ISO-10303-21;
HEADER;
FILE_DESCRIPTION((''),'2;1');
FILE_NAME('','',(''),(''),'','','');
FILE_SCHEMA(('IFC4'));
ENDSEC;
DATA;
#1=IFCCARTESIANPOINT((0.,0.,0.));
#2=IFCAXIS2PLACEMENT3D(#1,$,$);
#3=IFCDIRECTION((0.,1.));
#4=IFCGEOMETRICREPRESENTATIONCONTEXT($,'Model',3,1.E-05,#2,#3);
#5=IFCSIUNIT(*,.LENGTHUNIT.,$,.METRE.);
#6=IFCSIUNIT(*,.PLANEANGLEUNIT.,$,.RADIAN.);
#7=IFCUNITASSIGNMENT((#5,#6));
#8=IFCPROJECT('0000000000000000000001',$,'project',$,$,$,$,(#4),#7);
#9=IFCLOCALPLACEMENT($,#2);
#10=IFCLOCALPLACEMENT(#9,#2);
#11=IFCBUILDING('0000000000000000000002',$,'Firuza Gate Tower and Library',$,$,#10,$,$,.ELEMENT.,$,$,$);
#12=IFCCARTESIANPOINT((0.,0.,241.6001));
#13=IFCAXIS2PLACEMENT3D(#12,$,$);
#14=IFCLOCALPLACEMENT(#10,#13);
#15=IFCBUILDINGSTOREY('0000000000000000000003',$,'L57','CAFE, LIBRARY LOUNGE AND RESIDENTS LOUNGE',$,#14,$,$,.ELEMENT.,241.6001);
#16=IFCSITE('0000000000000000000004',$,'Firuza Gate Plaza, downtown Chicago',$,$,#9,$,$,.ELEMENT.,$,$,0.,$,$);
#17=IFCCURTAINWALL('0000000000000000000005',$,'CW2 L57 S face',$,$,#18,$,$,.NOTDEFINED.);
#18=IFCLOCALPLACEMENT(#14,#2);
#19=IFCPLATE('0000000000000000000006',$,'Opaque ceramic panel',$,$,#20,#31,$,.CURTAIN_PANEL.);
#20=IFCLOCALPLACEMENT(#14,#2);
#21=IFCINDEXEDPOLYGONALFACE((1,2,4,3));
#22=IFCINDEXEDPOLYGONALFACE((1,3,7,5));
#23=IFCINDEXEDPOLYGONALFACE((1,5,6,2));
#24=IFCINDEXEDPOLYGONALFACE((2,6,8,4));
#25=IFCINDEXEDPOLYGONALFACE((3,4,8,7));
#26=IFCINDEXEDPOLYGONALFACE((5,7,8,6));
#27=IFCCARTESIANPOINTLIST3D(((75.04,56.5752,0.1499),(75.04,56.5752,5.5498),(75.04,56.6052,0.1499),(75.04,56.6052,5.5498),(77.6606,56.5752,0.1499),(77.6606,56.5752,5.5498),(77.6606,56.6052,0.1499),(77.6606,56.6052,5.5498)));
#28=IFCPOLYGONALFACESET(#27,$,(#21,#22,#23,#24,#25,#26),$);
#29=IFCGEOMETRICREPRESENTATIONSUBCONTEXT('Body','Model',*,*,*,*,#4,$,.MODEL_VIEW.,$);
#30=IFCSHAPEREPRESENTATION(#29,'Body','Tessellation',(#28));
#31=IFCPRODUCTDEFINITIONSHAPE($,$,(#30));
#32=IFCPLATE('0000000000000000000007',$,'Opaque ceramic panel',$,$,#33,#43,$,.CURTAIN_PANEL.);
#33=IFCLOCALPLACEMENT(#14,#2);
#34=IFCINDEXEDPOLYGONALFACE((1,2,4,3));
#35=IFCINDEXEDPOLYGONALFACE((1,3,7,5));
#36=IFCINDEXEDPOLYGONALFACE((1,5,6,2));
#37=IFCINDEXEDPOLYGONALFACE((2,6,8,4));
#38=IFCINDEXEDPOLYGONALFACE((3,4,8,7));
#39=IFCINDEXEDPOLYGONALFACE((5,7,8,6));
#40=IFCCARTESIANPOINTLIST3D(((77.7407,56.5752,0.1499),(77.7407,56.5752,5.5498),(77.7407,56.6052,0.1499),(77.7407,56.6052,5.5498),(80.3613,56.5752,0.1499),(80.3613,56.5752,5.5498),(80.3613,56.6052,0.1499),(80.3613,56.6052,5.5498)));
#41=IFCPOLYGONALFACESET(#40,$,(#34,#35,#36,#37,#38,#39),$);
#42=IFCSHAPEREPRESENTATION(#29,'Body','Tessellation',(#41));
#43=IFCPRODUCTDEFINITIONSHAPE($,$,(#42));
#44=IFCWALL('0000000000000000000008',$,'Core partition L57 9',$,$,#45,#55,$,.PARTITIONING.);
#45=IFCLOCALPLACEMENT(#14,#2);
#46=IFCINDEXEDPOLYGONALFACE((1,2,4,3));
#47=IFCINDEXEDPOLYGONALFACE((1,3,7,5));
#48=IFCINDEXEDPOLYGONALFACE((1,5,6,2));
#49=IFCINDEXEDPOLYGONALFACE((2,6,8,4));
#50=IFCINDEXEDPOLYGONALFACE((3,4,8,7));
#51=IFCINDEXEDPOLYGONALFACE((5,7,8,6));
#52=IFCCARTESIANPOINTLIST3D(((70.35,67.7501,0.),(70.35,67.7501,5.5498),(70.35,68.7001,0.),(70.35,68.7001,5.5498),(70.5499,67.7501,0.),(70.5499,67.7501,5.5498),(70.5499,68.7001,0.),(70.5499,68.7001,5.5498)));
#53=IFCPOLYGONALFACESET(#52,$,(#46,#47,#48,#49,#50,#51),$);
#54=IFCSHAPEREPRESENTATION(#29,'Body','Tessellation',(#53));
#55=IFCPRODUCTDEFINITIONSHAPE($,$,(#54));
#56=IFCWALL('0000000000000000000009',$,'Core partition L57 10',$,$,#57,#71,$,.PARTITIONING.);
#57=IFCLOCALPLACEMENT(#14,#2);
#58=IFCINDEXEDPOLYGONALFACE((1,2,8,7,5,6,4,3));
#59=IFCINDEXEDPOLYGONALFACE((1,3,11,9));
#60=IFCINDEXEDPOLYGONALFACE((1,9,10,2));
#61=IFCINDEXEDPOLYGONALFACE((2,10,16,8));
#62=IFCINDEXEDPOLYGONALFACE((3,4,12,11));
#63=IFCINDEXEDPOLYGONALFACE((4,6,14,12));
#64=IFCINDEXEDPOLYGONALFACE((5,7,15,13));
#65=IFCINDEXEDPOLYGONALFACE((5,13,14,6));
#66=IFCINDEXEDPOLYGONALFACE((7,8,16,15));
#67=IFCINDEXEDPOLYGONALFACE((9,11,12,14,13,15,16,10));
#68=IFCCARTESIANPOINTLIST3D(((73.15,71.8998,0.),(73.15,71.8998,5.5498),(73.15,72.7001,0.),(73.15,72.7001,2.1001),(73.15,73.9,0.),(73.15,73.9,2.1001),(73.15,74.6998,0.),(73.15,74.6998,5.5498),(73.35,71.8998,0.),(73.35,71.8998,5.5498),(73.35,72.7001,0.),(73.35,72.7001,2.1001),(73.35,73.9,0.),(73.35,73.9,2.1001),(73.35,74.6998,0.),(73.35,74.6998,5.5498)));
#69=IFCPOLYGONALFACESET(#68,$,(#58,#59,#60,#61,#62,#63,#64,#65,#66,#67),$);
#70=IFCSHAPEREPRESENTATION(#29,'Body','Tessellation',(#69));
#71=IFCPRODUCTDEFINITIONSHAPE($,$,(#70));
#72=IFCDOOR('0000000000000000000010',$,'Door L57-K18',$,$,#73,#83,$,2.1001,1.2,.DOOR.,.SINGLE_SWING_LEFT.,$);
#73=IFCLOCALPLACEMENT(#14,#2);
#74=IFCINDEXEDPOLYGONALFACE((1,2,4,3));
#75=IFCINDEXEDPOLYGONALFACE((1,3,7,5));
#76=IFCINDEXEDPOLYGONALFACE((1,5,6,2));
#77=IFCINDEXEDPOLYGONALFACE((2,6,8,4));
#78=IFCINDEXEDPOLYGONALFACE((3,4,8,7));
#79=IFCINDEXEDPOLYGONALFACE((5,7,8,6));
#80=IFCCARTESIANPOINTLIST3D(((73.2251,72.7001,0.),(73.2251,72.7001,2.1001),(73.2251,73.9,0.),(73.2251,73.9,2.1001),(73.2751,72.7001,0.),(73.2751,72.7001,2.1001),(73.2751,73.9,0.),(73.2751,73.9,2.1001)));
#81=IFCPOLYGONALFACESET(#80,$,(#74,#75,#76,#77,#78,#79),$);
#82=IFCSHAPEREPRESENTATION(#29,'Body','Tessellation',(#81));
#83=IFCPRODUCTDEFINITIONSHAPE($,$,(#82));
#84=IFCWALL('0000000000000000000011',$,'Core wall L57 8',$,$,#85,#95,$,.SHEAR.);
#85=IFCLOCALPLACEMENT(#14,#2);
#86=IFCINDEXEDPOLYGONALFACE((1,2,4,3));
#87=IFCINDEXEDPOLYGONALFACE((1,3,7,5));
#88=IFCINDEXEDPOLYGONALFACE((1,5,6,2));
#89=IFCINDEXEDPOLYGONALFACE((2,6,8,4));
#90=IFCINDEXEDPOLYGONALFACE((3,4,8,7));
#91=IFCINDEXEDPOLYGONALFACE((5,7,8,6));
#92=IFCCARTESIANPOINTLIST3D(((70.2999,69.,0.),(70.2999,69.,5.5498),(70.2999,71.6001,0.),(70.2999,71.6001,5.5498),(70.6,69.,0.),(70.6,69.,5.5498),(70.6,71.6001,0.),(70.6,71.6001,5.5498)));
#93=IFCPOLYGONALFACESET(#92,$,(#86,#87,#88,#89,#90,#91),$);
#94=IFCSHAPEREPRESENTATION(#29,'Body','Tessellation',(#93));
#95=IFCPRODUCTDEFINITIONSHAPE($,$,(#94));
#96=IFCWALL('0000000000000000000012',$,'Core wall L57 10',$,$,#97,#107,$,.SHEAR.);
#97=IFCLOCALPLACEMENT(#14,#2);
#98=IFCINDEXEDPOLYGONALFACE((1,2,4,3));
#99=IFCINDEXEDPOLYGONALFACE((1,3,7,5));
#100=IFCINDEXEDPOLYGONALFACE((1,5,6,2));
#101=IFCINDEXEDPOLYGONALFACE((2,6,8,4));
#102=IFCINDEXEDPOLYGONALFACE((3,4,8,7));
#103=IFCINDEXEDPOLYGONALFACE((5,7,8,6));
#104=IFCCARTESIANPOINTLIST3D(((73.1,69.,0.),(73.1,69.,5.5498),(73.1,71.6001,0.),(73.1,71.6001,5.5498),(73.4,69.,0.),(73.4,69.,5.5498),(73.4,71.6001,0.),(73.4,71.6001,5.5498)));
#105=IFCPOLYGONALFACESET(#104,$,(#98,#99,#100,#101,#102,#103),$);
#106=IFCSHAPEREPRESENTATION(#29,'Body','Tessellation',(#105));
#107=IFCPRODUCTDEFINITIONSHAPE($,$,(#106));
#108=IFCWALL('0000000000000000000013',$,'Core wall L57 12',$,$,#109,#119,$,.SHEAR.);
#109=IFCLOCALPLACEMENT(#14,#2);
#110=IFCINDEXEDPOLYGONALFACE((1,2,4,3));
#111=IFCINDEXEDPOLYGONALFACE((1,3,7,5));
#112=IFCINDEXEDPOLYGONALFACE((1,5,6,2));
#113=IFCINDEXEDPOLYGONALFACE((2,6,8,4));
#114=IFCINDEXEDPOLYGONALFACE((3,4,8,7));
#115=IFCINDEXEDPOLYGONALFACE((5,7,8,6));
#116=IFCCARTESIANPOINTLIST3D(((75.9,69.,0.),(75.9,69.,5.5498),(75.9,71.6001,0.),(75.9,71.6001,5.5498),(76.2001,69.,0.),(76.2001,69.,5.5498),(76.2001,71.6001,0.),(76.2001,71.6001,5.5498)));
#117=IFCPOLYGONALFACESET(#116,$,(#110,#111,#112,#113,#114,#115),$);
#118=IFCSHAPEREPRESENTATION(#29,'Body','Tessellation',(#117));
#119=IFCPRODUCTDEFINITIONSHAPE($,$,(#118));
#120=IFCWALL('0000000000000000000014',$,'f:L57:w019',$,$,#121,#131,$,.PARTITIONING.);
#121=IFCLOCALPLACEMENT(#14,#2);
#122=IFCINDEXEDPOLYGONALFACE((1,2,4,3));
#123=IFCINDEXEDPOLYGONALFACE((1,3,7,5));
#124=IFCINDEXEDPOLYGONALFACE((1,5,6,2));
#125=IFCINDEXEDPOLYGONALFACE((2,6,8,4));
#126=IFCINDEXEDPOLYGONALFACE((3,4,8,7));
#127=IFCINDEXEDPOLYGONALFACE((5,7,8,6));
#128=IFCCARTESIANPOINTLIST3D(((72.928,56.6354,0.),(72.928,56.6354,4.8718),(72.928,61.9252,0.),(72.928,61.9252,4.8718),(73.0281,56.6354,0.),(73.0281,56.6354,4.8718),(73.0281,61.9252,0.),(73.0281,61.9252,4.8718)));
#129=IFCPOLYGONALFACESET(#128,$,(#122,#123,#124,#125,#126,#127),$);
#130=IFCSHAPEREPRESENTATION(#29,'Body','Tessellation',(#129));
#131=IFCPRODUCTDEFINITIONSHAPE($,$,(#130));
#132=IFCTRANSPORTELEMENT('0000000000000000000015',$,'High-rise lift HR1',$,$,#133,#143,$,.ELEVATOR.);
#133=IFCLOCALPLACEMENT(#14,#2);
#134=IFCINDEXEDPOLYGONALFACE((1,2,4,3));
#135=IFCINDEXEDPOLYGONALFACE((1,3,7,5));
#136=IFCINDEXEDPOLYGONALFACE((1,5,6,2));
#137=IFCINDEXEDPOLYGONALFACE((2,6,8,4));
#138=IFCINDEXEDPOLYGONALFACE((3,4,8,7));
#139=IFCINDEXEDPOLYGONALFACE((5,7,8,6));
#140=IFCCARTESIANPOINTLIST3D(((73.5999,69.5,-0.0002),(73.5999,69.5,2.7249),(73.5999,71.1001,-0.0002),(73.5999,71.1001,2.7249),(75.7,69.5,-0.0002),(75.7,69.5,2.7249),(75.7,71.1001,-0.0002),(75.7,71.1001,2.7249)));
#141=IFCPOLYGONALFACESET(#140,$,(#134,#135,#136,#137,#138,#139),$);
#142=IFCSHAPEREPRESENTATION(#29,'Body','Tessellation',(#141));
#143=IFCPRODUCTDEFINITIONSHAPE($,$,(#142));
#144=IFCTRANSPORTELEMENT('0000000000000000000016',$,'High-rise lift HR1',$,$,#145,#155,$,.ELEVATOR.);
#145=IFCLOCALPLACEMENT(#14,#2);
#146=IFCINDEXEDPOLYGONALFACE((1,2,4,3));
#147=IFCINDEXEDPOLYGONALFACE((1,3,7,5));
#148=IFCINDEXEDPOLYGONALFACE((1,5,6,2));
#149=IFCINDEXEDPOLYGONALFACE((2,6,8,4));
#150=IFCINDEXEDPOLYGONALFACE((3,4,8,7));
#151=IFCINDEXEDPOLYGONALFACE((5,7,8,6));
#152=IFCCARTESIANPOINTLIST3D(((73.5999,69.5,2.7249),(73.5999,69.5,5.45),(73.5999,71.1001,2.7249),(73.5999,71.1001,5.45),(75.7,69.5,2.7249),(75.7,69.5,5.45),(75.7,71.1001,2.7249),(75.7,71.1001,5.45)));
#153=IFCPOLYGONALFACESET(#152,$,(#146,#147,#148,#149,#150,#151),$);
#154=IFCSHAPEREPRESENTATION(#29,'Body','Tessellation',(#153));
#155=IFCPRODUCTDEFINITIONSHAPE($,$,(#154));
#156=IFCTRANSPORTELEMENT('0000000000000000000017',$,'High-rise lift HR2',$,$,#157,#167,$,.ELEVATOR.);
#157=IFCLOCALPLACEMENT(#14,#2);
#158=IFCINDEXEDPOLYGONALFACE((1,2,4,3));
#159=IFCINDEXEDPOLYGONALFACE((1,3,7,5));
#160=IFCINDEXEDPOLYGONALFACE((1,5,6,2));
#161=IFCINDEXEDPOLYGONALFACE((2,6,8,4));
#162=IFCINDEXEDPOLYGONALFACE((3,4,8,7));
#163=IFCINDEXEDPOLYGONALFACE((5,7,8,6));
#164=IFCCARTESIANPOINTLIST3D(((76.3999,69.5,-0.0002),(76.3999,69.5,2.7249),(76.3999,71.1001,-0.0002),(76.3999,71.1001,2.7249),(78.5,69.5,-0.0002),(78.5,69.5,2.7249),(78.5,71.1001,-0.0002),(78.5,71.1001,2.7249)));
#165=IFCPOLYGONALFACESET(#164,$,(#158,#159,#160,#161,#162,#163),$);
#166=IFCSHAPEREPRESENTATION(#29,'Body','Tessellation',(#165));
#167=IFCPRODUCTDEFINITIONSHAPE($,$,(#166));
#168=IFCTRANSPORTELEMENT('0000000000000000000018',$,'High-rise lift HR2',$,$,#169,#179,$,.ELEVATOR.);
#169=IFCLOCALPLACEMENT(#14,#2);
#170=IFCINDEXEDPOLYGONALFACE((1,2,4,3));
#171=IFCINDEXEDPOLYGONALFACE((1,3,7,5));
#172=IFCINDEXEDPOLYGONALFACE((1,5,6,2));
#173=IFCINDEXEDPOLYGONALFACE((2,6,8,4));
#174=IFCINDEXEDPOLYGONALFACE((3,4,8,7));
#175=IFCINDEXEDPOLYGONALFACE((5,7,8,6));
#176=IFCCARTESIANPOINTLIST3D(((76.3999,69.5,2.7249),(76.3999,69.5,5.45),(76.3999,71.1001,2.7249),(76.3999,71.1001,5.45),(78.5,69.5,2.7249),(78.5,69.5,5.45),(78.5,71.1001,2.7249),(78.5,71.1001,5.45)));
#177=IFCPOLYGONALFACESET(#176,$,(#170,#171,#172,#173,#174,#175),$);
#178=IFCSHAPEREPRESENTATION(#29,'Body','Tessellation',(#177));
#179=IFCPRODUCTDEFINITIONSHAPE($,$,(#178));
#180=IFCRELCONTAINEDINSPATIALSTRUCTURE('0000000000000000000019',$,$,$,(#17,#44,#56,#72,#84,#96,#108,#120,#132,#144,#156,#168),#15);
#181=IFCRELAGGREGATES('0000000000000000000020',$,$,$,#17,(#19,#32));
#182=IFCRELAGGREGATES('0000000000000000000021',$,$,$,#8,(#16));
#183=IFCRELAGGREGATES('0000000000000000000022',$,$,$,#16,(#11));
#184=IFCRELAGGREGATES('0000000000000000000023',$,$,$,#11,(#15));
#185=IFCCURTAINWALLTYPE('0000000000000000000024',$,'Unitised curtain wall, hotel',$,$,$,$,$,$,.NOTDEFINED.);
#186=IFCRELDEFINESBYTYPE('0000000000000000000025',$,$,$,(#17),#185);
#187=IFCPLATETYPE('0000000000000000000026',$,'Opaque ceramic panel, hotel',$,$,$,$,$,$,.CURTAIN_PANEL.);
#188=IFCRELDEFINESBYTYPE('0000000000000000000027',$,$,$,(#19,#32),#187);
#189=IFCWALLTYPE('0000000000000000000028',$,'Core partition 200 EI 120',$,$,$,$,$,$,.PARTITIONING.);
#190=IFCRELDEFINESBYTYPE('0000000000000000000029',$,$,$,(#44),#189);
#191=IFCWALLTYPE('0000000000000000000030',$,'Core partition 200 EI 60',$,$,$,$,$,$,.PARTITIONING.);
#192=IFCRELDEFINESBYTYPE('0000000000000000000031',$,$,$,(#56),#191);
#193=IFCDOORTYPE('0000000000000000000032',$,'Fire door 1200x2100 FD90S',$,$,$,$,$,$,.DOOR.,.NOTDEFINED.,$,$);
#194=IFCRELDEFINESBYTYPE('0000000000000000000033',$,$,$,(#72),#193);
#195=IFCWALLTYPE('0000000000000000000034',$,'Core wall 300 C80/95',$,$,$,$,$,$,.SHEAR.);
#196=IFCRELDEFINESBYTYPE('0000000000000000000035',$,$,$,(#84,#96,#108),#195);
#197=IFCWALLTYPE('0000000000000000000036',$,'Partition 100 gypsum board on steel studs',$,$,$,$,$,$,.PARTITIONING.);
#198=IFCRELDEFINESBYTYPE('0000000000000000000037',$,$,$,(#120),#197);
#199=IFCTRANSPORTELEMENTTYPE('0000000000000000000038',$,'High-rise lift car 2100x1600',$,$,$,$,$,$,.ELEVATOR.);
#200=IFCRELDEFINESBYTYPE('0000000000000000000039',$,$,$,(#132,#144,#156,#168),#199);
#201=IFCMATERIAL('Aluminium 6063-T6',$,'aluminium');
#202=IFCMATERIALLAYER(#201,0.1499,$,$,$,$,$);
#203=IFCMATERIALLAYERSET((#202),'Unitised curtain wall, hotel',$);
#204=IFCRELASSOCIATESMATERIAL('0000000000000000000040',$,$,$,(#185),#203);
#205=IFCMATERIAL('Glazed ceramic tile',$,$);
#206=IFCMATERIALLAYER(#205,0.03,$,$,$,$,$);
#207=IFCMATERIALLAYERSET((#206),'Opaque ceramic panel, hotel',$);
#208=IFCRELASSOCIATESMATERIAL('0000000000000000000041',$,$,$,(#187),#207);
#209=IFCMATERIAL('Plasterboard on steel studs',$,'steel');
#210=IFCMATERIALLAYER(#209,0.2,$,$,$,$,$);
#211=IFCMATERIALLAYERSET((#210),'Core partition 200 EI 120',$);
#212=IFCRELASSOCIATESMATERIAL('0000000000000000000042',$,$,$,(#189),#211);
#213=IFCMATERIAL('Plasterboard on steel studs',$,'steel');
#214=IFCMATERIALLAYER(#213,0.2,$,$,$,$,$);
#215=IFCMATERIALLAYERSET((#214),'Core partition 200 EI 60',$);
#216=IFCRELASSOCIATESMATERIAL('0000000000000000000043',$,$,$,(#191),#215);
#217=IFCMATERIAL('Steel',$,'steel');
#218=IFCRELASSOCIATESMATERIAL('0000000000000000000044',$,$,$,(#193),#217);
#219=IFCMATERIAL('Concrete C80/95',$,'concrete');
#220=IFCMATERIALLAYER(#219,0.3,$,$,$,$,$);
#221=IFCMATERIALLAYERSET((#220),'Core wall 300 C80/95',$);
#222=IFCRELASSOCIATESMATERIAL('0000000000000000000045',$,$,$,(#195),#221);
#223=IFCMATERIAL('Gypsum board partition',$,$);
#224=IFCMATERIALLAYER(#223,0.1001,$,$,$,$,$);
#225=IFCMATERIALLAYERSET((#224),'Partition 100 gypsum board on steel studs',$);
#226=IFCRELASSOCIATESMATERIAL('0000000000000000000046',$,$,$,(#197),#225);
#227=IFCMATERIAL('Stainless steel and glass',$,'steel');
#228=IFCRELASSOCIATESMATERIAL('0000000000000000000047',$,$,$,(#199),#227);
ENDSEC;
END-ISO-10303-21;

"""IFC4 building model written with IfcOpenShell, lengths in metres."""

from ifc_helpers import new_model, si_unit, direction, frame, frame_2d, origin, origin_2d, place, context, subcontext, project, spatial, polyline, rectangle, outline, extrude, material, layer, layer_set, type_object, element, fill, aggregate, save


model = new_model("IFC4")

# Units and contexts
model_context = context("Model", 3, precision=1e-05, world=origin(), true_north=direction((0.0, 1.0)))
body_context = subcontext(model_context, "Body", "Model", "MODEL_VIEW")
ifc_project = project(units=[si_unit("LENGTHUNIT", "METRE"), si_unit("PLANEANGLEUNIT", "RADIAN")], contexts=[model_context])

# Site, building, storey
site_placement = place(None, origin())
site = spatial("IfcSite", under=ifc_project, at=site_placement, Name="Firuza Gate Plaza, downtown Chicago", CompositionType="ELEMENT", RefElevation=0.0)
building_placement = place(site_placement, origin())
building = spatial("IfcBuilding", under=site, at=building_placement, Name="Firuza Gate Tower and Library", CompositionType="ELEMENT")
storey_placement = place(building_placement, frame((0.0, 0.0, 241.6001)))
storey = spatial("IfcBuildingStorey", under=building, at=storey_placement, Name="L57", Description="CAFE, LIBRARY LOUNGE AND RESIDENTS LOUNGE", CompositionType="ELEMENT", Elevation=241.6001)

# Curtain wall
ifc_material_1 = material(Name="Aluminium 6063-T6", Category="aluminium")
ifc_layer_1 = layer(ifc_material_1, 0.1499)
ifc_layer_set_1 = layer_set([ifc_layer_1], Name="Unitised curtain wall, hotel")
curtain_wall_type = type_object("IfcCurtainWallType", Name="Unitised curtain wall, hotel", PredefinedType="NOTDEFINED", material=ifc_layer_set_1)
curtain_wall_placement = place(storey_placement, origin())
curtain_wall = element("IfcCurtainWall", 1, at=curtain_wall_placement, inside=storey, type_object=curtain_wall_type, Name="CW2 L57 S face", PredefinedType="NOTDEFINED")

# Plates
ifc_material_2 = material(Name="Glazed ceramic tile")
ifc_layer_2 = layer(ifc_material_2, 0.03)
ifc_layer_set_2 = layer_set([ifc_layer_2], Name="Opaque ceramic panel, hotel")
plate_type_1 = type_object("IfcPlateType", Name="Opaque ceramic panel, hotel", PredefinedType="CURTAIN_PANEL", material=ifc_layer_set_2)
plate_1_placement = place(storey_placement, frame((75.04, 56.5752, 0.1499), z_axis=(0.0, -1.0, 0.0), x_axis=(1.0, 0.0, 0.0)))
plate_1 = element("IfcPlate", 2, at=plate_1_placement, type_object=plate_type_1, Name="Opaque ceramic panel", PredefinedType="CURTAIN_PANEL", context=body_context, shape_type="SweptSolid", body=[
    extrude(outline(polyline([(0.0, 0.0), (2.6206, 0.0), (2.6206, 5.3999), (0.0, 5.3999), (0.0, 0.0)])), origin(), (0.0, 0.0, -1.0), 0.03),
])
plate_2_placement = place(storey_placement, frame((77.7407, 56.5752, 0.1499), z_axis=(0.0, -1.0, 0.0), x_axis=(1.0, 0.0, 0.0)))
plate_2 = element("IfcPlate", 3, at=plate_2_placement, type_object=plate_type_1, Name="Opaque ceramic panel", PredefinedType="CURTAIN_PANEL", context=body_context, shape_type="SweptSolid", body=[
    extrude(outline(polyline([(0.0, 0.0), (2.6206, 0.0), (2.6206, 5.3999), (0.0, 5.3999), (0.0, 0.0)])), origin(), (0.0, 0.0, -1.0), 0.03),
])
aggregate(curtain_wall, [plate_1, plate_2])

# Wall
ifc_material_3 = material(Name="Plasterboard on steel studs", Category="steel")
ifc_layer_3 = layer(ifc_material_3, 0.2)
ifc_layer_set_3 = layer_set([ifc_layer_3], Name="Core partition 200 EI 120")
wall_type_1 = type_object("IfcWallType", Name="Core partition 200 EI 120", PredefinedType="PARTITIONING", material=ifc_layer_set_3)
wall_1_placement = place(storey_placement, frame((70.45, 67.75, 0.0), z_axis=(0.0, 0.0, 1.0), x_axis=(0.0, 1.0, 0.0)))
element("IfcWall", 4, at=wall_1_placement, inside=storey, type_object=wall_type_1, Name="Core partition L57 9", PredefinedType="PARTITIONING", context=body_context, shape_type="SweptSolid", body=[
    extrude(rectangle(XDim=0.95, YDim=0.2, at=frame_2d((0.4751, 0.0))), origin(), (0.0, 0.0, 1.0), 5.5498),
])

# Wall, opening, door
ifc_material_4 = material(Name="Plasterboard on steel studs", Category="steel")
ifc_layer_4 = layer(ifc_material_4, 0.2)
ifc_layer_set_4 = layer_set([ifc_layer_4], Name="Core partition 200 EI 60")
wall_type_2 = type_object("IfcWallType", Name="Core partition 200 EI 60", PredefinedType="PARTITIONING", material=ifc_layer_set_4)
wall_2_placement = place(storey_placement, frame((73.25, 71.8999, 0.0), z_axis=(0.0, 0.0, 1.0), x_axis=(0.0, 1.0, 0.0)))
wall_2 = element("IfcWall", 5, at=wall_2_placement, inside=storey, type_object=wall_type_2, Name="Core partition L57 10", PredefinedType="PARTITIONING", context=body_context, shape_type="SweptSolid", body=[
    extrude(rectangle(XDim=2.8, YDim=0.2, at=frame_2d((1.3999, 0.0))), origin(), (0.0, 0.0, 1.0), 5.5498),
])
opening_placement = place(wall_2_placement, frame((0.8, 0.0, 0.0)))
opening = element("IfcOpeningElement", 6, at=opening_placement, cuts=wall_2, PredefinedType="OPENING", context=body_context, shape_type="SweptSolid", body=[
    extrude(rectangle(XDim=1.2, YDim=2.1001, at=frame_2d((0.6001, 1.05))), frame((0.0, 0.1099, 0.0), z_axis=(0.0, -1.0, 0.0), x_axis=(1.0, 0.0, 0.0)), (0.0, 0.0, 1.0), 0.22),
])
ifc_material_5 = material(Name="Steel", Category="steel")
door_type = type_object("IfcDoorType", Name="Fire door 1200x2100 FD90S", OperationType="NOTDEFINED", PredefinedType="DOOR", material=ifc_material_5)
door_placement = place(opening_placement, origin())
door = element("IfcDoor", 7, at=door_placement, inside=storey, type_object=door_type, Name="Door L57-K18", OperationType="SINGLE_SWING_LEFT", OverallHeight=2.1001, OverallWidth=1.2, PredefinedType="DOOR", context=body_context, shape_type="SweptSolid", body=[
    extrude(rectangle(XDim=1.2, YDim=2.1001, at=frame_2d((0.6001, 1.05))), frame((0.0, 0.0249, 0.0), z_axis=(0.0, -1.0, 0.0), x_axis=(1.0, 0.0, 0.0)), (0.0, 0.0, 1.0), 0.05),
])
fill(opening, door)

# Walls
ifc_material_6 = material(Name="Concrete C80/95", Category="concrete")
ifc_layer_5 = layer(ifc_material_6, 0.3)
ifc_layer_set_5 = layer_set([ifc_layer_5], Name="Core wall 300 C80/95")
wall_type_3 = type_object("IfcWallType", Name="Core wall 300 C80/95", PredefinedType="SHEAR", material=ifc_layer_set_5)
for number, where, z_axis, x_axis, name in (
    (8, (70.45, 69.0, 0.0), (0.0, 0.0, 1.0), (0.0, 1.0, 0.0), "Core wall L57 8"),
    (9, (73.25, 69.0, 0.0), (0.0, 0.0, 1.0), (0.0, 1.0, 0.0), "Core wall L57 10"),
    (10, (76.05, 69.0, 0.0), (0.0, 0.0, 1.0), (0.0, 1.0, 0.0), "Core wall L57 12"),
):
    element("IfcWall", number, at=place(storey_placement, frame(where, z_axis=z_axis, x_axis=x_axis)), inside=storey, type_object=wall_type_3, Name=name, PredefinedType="SHEAR", context=body_context, shape_type="SweptSolid", body=[
        extrude(rectangle(XDim=2.6001, YDim=0.3, at=frame_2d((1.3, 0.0))), origin(), (0.0, 0.0, 1.0), 5.5498),
    ])
ifc_material_7 = material(Name="Gypsum board partition")
ifc_layer_6 = layer(ifc_material_7, 0.1001)
ifc_layer_set_6 = layer_set([ifc_layer_6], Name="Partition 100 gypsum board on steel studs")
wall_type_4 = type_object("IfcWallType", Name="Partition 100 gypsum board on steel studs", PredefinedType="PARTITIONING", material=ifc_layer_set_6)
wall_3_placement = place(storey_placement, frame((72.978, 56.6353, 0.0), z_axis=(0.0, 0.0, 1.0), x_axis=(0.0, 1.0, 0.0)))
element("IfcWall", 11, at=wall_3_placement, inside=storey, type_object=wall_type_4, Name="f:L57:w019", PredefinedType="PARTITIONING", context=body_context, shape_type="SweptSolid", body=[
    extrude(rectangle(XDim=5.2898, YDim=0.1001, at=frame_2d((2.645, 0.0))), origin(), (0.0, 0.0, 1.0), 4.8718),
])

# Transport elements
ifc_material_8 = material(Name="Stainless steel and glass", Category="steel")
transport_element_type = type_object("IfcTransportElementType", Name="High-rise lift car 2100x1600", PredefinedType="ELEVATOR", material=ifc_material_8)
for number, where, z_axis, x_axis, name in (
    (12, (74.6499, 70.3, -0.0002), (0.0, 0.0, 1.0), (1.0, 0.0, 0.0), "High-rise lift HR1"),
    (13, (74.6499, 70.3, 2.7249), (0.0, 0.0, 1.0), (1.0, 0.0, 0.0), "High-rise lift HR1"),
    (14, (77.45, 70.3, -0.0002), (0.0, 0.0, 1.0), (1.0, 0.0, 0.0), "High-rise lift HR2"),
    (15, (77.45, 70.3, 2.7249), (0.0, 0.0, 1.0), (1.0, 0.0, 0.0), "High-rise lift HR2"),
):
    element("IfcTransportElement", number, at=place(storey_placement, frame(where, z_axis=z_axis, x_axis=x_axis)), inside=storey, type_object=transport_element_type, Name=name, PredefinedType="ELEVATOR", context=body_context, shape_type="SweptSolid", body=[
        extrude(rectangle(XDim=2.1001, YDim=1.6001, at=origin_2d()), origin(), (0.0, 0.0, 1.0), 2.7251),
    ])

save(model, "model.ifc")
